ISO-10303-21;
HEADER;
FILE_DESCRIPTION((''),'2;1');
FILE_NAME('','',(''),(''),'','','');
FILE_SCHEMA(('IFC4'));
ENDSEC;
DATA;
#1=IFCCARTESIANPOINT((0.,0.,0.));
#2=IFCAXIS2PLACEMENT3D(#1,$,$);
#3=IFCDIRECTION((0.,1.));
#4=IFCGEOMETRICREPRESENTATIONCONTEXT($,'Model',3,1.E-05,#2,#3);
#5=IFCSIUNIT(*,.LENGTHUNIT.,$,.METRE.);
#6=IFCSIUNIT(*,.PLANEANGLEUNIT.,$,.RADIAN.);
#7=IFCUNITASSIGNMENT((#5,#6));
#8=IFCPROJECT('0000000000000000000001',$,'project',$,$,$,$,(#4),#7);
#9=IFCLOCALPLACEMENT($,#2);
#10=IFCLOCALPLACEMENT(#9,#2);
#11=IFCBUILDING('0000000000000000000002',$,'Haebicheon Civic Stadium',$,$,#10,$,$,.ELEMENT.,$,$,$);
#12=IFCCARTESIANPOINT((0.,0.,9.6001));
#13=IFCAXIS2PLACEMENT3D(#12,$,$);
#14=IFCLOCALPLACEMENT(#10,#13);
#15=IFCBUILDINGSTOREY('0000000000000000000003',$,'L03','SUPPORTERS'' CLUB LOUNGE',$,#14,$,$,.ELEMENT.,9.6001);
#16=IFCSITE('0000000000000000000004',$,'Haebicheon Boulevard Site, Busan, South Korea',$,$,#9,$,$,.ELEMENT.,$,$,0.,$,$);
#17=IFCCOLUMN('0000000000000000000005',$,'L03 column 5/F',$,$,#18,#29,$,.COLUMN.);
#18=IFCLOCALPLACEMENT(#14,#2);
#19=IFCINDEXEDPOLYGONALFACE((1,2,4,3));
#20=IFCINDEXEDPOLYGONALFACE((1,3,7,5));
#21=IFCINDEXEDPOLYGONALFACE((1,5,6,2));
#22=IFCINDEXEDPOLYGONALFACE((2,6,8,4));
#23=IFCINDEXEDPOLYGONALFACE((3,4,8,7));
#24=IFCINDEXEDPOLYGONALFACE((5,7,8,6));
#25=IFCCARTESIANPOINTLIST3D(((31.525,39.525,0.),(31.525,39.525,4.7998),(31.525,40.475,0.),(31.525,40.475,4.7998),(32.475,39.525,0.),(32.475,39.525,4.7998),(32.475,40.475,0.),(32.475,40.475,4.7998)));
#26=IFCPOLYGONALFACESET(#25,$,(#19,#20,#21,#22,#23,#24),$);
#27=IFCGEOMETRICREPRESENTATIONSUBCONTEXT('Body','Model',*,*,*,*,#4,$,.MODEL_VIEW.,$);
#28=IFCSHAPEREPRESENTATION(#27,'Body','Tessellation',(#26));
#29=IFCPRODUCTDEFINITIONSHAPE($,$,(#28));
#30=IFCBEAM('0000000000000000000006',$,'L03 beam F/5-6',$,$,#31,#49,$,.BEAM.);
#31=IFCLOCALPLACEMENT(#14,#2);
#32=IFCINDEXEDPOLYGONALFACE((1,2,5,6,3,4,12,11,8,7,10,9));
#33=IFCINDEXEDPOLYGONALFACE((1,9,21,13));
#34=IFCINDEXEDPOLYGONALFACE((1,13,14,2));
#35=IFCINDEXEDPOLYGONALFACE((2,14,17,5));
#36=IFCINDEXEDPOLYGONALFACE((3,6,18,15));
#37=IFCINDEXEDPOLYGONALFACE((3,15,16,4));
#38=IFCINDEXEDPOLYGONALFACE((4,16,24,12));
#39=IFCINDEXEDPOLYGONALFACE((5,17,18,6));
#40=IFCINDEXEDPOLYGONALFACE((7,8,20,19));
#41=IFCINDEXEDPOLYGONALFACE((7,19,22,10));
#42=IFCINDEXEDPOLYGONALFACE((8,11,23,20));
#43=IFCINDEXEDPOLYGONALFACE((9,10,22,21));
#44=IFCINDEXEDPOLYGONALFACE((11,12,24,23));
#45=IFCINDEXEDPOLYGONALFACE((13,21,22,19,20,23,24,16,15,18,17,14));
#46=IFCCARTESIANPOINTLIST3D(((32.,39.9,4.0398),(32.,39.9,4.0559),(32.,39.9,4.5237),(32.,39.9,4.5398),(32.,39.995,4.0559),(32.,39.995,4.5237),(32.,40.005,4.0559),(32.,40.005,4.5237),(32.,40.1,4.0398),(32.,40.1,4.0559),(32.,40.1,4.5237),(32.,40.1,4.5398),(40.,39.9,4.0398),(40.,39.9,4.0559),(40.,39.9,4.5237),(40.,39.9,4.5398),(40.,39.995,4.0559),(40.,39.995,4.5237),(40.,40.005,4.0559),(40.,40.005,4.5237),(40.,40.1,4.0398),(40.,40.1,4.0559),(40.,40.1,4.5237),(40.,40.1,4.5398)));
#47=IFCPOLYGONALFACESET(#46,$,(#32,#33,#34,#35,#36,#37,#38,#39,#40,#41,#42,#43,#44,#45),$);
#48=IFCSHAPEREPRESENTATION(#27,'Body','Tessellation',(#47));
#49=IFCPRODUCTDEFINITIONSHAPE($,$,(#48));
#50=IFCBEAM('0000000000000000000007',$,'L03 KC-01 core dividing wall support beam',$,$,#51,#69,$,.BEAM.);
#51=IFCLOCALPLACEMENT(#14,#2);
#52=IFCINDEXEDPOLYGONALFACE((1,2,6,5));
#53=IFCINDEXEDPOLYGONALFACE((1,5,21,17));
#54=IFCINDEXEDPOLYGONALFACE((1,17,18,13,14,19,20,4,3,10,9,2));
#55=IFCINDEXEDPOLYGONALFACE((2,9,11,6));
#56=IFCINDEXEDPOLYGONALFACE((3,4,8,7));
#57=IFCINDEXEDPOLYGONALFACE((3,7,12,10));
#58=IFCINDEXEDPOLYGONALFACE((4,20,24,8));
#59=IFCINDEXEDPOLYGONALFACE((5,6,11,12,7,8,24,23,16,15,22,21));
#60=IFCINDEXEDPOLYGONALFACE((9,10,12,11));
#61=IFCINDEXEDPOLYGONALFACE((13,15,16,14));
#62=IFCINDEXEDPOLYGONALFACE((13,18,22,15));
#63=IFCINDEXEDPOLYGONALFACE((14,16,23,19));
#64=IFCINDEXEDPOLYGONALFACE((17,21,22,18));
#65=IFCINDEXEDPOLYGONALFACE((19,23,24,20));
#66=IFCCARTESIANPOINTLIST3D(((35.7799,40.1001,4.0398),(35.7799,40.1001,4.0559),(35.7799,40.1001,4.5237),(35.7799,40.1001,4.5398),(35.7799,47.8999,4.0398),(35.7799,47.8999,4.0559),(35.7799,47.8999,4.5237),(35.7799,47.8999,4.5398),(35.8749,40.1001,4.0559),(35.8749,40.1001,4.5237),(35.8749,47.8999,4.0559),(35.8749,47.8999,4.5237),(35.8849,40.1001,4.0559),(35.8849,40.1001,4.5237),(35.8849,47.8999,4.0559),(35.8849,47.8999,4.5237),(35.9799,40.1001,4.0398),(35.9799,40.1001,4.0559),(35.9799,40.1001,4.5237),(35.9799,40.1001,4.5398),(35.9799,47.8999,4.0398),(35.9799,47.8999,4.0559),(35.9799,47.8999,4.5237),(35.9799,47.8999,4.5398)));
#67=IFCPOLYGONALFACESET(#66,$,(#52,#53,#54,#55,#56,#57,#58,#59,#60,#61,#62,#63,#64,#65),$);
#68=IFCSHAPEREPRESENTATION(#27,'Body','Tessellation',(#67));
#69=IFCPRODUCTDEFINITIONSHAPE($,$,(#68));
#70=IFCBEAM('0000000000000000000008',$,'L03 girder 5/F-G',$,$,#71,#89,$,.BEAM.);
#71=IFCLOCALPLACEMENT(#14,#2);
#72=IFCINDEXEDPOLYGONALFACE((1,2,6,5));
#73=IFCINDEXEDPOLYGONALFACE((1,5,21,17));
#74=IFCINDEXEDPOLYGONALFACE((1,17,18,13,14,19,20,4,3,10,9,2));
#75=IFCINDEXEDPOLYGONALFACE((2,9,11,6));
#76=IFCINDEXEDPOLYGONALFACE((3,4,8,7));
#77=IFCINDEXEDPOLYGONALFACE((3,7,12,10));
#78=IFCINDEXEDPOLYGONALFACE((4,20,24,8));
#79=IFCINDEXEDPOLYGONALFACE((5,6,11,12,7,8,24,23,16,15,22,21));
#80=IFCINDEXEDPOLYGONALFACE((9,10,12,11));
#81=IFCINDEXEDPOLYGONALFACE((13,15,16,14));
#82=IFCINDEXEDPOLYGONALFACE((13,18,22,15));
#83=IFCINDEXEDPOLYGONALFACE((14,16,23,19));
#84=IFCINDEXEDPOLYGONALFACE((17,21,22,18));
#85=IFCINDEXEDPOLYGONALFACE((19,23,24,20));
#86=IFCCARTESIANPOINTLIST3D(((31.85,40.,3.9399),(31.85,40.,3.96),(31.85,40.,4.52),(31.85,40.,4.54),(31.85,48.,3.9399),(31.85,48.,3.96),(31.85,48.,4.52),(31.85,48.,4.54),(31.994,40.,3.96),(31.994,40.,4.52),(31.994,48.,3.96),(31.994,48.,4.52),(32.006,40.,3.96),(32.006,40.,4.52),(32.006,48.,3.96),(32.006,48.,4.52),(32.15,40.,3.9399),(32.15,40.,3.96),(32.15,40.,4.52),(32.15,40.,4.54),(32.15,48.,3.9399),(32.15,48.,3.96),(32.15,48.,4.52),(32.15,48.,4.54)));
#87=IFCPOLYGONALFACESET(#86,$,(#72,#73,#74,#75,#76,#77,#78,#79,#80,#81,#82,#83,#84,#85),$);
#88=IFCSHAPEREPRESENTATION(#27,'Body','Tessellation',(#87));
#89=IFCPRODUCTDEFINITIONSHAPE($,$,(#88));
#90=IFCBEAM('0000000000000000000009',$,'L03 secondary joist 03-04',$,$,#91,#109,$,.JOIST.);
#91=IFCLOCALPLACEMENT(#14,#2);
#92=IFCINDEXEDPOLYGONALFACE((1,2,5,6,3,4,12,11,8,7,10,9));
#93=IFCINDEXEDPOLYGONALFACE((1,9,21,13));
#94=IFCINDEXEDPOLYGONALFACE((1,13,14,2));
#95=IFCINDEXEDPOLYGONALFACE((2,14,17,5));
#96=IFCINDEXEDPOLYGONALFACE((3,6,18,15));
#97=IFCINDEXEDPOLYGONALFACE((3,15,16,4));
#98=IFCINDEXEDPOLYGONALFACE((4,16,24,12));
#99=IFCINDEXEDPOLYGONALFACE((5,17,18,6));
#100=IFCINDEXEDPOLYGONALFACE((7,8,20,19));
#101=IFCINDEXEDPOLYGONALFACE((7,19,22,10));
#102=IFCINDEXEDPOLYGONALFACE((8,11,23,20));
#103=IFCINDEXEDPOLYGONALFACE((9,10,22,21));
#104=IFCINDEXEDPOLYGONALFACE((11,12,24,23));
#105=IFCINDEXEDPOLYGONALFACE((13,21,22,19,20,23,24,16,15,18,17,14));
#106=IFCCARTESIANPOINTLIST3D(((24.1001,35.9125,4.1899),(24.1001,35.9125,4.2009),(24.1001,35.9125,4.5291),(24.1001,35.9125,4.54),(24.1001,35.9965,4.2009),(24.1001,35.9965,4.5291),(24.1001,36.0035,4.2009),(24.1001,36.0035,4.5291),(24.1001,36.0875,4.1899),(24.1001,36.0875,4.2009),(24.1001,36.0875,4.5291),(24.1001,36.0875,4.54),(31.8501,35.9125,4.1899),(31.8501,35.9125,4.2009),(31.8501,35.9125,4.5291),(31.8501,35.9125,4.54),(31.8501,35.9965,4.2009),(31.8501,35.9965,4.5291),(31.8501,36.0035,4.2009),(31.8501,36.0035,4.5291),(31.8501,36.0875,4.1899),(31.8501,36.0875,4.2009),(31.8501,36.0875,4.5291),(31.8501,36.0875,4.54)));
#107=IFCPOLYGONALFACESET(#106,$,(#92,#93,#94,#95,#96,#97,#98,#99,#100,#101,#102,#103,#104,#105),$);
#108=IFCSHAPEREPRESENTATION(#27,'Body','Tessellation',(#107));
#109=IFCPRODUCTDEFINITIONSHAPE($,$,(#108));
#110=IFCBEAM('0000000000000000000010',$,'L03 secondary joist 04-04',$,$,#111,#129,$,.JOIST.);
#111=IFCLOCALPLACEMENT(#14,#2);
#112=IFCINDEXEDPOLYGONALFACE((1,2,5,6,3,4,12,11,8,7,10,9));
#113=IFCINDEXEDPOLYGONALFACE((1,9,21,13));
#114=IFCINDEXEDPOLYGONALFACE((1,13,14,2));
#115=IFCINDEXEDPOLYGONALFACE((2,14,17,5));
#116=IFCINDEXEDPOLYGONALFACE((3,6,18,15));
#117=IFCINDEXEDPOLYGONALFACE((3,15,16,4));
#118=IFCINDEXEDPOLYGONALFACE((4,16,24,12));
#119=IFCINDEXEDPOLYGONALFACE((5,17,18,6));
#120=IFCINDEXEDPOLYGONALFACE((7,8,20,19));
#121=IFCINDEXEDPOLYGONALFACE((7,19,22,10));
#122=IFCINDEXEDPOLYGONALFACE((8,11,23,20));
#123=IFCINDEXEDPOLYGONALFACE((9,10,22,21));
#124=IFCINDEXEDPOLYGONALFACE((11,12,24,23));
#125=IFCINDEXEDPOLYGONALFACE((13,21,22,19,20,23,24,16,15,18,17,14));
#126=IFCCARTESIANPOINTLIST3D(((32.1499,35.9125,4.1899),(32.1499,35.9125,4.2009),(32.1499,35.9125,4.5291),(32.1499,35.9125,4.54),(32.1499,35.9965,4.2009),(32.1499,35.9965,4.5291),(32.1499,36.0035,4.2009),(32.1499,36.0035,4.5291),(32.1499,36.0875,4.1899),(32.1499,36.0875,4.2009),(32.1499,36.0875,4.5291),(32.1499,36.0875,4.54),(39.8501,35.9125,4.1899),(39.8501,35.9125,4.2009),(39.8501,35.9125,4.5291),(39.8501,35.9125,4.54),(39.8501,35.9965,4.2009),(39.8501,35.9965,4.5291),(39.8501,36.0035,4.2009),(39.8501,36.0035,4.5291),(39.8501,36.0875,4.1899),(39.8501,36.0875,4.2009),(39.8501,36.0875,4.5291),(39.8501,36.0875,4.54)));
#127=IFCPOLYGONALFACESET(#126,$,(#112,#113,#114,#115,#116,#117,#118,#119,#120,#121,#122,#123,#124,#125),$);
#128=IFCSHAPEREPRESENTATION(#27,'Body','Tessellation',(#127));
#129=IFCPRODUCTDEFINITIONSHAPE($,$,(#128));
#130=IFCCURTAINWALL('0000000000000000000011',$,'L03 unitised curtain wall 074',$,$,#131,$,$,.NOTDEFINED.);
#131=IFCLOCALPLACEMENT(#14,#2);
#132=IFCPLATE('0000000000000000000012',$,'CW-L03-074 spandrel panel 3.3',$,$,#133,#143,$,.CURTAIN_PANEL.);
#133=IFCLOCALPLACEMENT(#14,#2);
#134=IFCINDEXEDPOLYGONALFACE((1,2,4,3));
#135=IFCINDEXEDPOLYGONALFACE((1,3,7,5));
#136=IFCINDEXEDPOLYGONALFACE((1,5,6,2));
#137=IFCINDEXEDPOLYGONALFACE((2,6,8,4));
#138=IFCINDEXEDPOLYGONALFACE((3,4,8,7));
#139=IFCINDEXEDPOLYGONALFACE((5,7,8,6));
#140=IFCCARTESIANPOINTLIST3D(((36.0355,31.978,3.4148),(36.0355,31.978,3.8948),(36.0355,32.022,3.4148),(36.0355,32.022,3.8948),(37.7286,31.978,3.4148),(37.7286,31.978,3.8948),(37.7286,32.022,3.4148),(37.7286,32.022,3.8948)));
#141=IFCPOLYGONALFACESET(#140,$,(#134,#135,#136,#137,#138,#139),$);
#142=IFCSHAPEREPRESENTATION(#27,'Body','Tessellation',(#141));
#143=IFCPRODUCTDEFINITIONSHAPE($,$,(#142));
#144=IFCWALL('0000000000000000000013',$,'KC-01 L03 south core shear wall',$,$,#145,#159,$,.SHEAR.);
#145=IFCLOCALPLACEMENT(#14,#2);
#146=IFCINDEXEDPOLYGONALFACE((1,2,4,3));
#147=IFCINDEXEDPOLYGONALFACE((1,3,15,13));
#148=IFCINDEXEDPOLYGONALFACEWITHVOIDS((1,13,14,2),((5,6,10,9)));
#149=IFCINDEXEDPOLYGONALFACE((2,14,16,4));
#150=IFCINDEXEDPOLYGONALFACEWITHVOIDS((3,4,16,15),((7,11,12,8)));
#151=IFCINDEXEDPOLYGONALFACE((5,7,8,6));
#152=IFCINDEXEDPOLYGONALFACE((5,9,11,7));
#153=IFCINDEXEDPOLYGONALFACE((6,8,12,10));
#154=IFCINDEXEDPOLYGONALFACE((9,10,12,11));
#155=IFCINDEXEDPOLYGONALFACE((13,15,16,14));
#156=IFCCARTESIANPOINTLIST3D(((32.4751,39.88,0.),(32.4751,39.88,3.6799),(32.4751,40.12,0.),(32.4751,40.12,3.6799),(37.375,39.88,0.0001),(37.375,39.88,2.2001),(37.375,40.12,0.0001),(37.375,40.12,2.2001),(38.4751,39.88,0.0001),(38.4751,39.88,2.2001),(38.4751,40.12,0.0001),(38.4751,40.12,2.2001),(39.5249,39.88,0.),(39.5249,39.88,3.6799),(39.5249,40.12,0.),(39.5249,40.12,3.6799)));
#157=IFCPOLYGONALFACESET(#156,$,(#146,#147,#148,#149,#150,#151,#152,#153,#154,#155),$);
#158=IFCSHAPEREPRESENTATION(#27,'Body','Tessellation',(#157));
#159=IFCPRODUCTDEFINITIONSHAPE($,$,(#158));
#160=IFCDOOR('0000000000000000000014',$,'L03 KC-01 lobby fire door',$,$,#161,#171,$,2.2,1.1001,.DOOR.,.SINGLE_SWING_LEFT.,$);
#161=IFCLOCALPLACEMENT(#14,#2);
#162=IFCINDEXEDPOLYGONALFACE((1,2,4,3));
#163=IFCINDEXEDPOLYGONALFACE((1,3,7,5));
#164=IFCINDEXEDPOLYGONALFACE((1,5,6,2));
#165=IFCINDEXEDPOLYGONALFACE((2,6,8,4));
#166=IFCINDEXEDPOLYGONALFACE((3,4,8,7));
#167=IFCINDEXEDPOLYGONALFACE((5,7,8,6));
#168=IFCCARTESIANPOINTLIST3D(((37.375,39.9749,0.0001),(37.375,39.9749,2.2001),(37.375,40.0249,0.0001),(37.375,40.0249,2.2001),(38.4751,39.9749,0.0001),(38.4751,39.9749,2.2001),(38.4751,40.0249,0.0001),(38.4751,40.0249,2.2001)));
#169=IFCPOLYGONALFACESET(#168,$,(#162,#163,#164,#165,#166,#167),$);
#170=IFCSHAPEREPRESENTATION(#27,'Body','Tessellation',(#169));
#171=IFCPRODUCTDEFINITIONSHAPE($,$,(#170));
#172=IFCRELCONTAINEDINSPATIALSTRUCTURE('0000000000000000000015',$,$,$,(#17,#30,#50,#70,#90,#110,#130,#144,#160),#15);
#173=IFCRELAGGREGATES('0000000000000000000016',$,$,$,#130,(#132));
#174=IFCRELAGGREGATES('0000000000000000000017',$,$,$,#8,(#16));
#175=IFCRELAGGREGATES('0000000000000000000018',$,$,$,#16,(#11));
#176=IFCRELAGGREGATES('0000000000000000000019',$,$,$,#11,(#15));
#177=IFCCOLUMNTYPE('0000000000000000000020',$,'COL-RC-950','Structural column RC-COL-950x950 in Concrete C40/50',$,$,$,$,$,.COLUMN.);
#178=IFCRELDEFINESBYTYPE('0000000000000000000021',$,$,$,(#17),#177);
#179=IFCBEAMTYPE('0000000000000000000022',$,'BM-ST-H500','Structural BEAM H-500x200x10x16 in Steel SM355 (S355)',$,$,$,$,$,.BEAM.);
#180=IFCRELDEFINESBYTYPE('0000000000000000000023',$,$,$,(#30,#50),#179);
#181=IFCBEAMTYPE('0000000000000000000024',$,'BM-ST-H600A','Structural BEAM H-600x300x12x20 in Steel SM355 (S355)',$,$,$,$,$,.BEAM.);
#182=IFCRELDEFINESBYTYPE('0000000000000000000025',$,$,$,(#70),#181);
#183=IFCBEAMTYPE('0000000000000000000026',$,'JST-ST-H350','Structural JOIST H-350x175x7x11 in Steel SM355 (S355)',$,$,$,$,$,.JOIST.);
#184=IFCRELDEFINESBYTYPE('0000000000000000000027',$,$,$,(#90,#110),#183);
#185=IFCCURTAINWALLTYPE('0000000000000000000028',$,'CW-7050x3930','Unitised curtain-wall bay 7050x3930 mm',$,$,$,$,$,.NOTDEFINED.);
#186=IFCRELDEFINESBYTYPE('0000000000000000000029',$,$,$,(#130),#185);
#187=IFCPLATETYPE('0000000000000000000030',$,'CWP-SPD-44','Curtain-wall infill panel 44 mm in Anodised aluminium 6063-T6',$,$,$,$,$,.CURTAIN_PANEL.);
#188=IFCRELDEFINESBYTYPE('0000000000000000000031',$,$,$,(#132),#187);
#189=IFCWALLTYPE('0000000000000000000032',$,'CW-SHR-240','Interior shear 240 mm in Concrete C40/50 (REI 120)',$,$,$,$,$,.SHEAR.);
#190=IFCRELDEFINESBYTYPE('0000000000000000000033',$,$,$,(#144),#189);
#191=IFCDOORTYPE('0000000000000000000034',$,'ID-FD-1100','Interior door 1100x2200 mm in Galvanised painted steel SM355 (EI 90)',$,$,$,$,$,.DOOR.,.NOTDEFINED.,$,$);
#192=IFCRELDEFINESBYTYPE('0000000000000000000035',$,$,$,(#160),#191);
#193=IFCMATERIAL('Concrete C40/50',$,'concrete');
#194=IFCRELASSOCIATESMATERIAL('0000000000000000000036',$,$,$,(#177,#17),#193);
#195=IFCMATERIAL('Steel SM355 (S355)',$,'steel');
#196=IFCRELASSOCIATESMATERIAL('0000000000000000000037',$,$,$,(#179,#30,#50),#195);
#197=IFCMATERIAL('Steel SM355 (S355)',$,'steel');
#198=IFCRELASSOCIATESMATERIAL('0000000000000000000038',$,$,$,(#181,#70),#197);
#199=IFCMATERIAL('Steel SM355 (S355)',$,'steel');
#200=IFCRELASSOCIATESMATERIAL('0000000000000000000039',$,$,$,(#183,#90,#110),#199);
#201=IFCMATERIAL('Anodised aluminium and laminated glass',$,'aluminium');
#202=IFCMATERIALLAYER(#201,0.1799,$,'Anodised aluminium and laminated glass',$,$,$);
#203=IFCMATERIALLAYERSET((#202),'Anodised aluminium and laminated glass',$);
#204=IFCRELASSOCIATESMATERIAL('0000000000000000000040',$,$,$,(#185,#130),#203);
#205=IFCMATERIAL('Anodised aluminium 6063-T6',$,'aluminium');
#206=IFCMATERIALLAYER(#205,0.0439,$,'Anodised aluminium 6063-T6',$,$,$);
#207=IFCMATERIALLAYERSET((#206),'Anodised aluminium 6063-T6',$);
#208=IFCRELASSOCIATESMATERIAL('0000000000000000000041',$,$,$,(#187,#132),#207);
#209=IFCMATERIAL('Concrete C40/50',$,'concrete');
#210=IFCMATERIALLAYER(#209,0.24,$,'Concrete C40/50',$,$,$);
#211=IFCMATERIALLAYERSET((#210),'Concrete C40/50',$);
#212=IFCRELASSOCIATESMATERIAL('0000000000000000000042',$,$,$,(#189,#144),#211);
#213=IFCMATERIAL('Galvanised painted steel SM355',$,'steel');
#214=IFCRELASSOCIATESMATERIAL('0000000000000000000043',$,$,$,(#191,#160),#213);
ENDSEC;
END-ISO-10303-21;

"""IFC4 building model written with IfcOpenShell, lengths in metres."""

from ifc_helpers import new_model, si_unit, direction, frame, frame_2d, origin, origin_2d, place, context, subcontext, project, spatial, rectangle, i_section, extrude, material, layer, layer_set, material_profile, profile_set, type_object, element, fill, aggregate, save


model = new_model("IFC4")

# Units and contexts
model_context = context("Model", 3, precision=1e-05, world=origin(), true_north=direction((0.0, 1.0)))
body_context = subcontext(model_context, "Body", "Model", "MODEL_VIEW")
ifc_project = project(units=[si_unit("LENGTHUNIT", "METRE"), si_unit("PLANEANGLEUNIT", "RADIAN")], contexts=[model_context])

# Site, building, storey
site_placement = place(None, origin())
site = spatial("IfcSite", under=ifc_project, at=site_placement, Name="Haebicheon Boulevard Site, Busan, South Korea", CompositionType="ELEMENT", RefElevation=0.0)
building_placement = place(site_placement, origin())
building = spatial("IfcBuilding", under=site, at=building_placement, Name="Haebicheon Civic Stadium", CompositionType="ELEMENT")
storey_placement = place(building_placement, frame((0.0, 0.0, 9.6001)))
storey = spatial("IfcBuildingStorey", under=building, at=storey_placement, Name="L03", Description="SUPPORTERS' CLUB LOUNGE", CompositionType="ELEMENT", Elevation=9.6001)

# Column
ifc_material_1 = material(Name="Concrete C40/50", Category="concrete")
ifc_material_profile_1 = material_profile(ifc_material_1, rectangle(XDim=0.95, YDim=0.95, at=origin_2d()), Name="RC-COL-950x950")
ifc_profile_set_1 = profile_set([ifc_material_profile_1], Name="Concrete C40/50")
column_type = type_object("IfcColumnType", Name="COL-RC-950", Description="Structural column RC-COL-950x950 in Concrete C40/50", PredefinedType="COLUMN", material=ifc_profile_set_1)
column_placement = place(storey_placement, frame((32.0, 40.0, 0.0), z_axis=(0.0, 0.0, 1.0), x_axis=(1.0, 0.0, 0.0)))
element("IfcColumn", 1, at=column_placement, inside=storey, type_object=column_type, material=ifc_profile_set_1, Name="L03 column 5/F", PredefinedType="COLUMN", context=body_context, shape_type="SweptSolid", body=[
    extrude(rectangle(XDim=0.95, YDim=0.95, at=origin_2d()), origin(), (0.0, 0.0, 1.0), 4.7998),
])

# Beams
ifc_material_2 = material(Name="Steel SM355 (S355)", Category="steel")
ifc_material_profile_2 = material_profile(ifc_material_2, i_section(OverallWidth=0.2, OverallDepth=0.5, WebThickness=0.01, FlangeThickness=0.0161, at=origin_2d()), Name="H-500x200x10x16")
ifc_profile_set_2 = profile_set([ifc_material_profile_2], Name="Steel SM355 (S355)")
beam_type_1 = type_object("IfcBeamType", Name="BM-ST-H500", Description="Structural BEAM H-500x200x10x16 in Steel SM355 (S355)", PredefinedType="BEAM", material=ifc_profile_set_2)
beam_1_placement = place(storey_placement, frame((32.0, 40.0, 4.2898), z_axis=(1.0, 0.0, 0.0), x_axis=(0.0, 1.0, 0.0)))
element("IfcBeam", 2, at=beam_1_placement, inside=storey, type_object=beam_type_1, material=ifc_profile_set_2, Name="L03 beam F/5-6", PredefinedType="BEAM", context=body_context, shape_type="SweptSolid", body=[
    extrude(i_section(OverallWidth=0.2, OverallDepth=0.5, WebThickness=0.01, FlangeThickness=0.0161, at=origin_2d()), origin(), (0.0, 0.0, 1.0), 8.0),
])
beam_2_placement = place(storey_placement, frame((35.8799, 40.1001, 4.2898), z_axis=(0.0, 1.0, 0.0), x_axis=(-1.0, 0.0, 0.0)))
element("IfcBeam", 3, at=beam_2_placement, inside=storey, type_object=beam_type_1, material=ifc_profile_set_2, Name="L03 KC-01 core dividing wall support beam", PredefinedType="BEAM", context=body_context, shape_type="SweptSolid", body=[
    extrude(i_section(OverallWidth=0.2, OverallDepth=0.5, WebThickness=0.01, FlangeThickness=0.0161, at=origin_2d()), origin(), (0.0, 0.0, 1.0), 7.7998),
])
ifc_material_3 = material(Name="Steel SM355 (S355)", Category="steel")
ifc_material_profile_3 = material_profile(ifc_material_3, i_section(OverallWidth=0.3, OverallDepth=0.6001, WebThickness=0.012, FlangeThickness=0.02, at=origin_2d()), Name="H-600x300x12x20")
ifc_profile_set_3 = profile_set([ifc_material_profile_3], Name="Steel SM355 (S355)")
beam_type_2 = type_object("IfcBeamType", Name="BM-ST-H600A", Description="Structural BEAM H-600x300x12x20 in Steel SM355 (S355)", PredefinedType="BEAM", material=ifc_profile_set_3)
beam_3_placement = place(storey_placement, frame((32.0, 40.0, 4.24), z_axis=(0.0, 1.0, 0.0), x_axis=(-1.0, 0.0, 0.0)))
element("IfcBeam", 4, at=beam_3_placement, inside=storey, type_object=beam_type_2, material=ifc_profile_set_3, Name="L03 girder 5/F-G", PredefinedType="BEAM", context=body_context, shape_type="SweptSolid", body=[
    extrude(i_section(OverallWidth=0.3, OverallDepth=0.6001, WebThickness=0.012, FlangeThickness=0.02, at=origin_2d()), origin(), (0.0, 0.0, 1.0), 8.0),
])
ifc_material_4 = material(Name="Steel SM355 (S355)", Category="steel")
ifc_material_profile_4 = material_profile(ifc_material_4, i_section(OverallWidth=0.175, OverallDepth=0.3501, WebThickness=0.0071, FlangeThickness=0.011, at=origin_2d()), Name="H-350x175x7x11")
ifc_profile_set_4 = profile_set([ifc_material_profile_4], Name="Steel SM355 (S355)")
beam_type_3 = type_object("IfcBeamType", Name="JST-ST-H350", Description="Structural JOIST H-350x175x7x11 in Steel SM355 (S355)", PredefinedType="JOIST", material=ifc_profile_set_4)
beam_4_placement = place(storey_placement, frame((24.1001, 36.0, 4.365), z_axis=(1.0, 0.0, 0.0), x_axis=(0.0, 1.0, 0.0)))
element("IfcBeam", 5, at=beam_4_placement, inside=storey, type_object=beam_type_3, material=ifc_profile_set_4, Name="L03 secondary joist 03-04", PredefinedType="JOIST", context=body_context, shape_type="SweptSolid", body=[
    extrude(i_section(OverallWidth=0.175, OverallDepth=0.3501, WebThickness=0.0071, FlangeThickness=0.011, at=origin_2d()), origin(), (0.0, 0.0, 1.0), 7.75),
])
beam_5_placement = place(storey_placement, frame((32.1499, 36.0, 4.365), z_axis=(1.0, 0.0, 0.0), x_axis=(0.0, 1.0, 0.0)))
element("IfcBeam", 6, at=beam_5_placement, inside=storey, type_object=beam_type_3, material=ifc_profile_set_4, Name="L03 secondary joist 04-04", PredefinedType="JOIST", context=body_context, shape_type="SweptSolid", body=[
    extrude(i_section(OverallWidth=0.175, OverallDepth=0.3501, WebThickness=0.0071, FlangeThickness=0.011, at=origin_2d()), origin(), (0.0, 0.0, 1.0), 7.7002),
])

# Curtain wall, plate
ifc_material_5 = material(Name="Anodised aluminium and laminated glass", Category="aluminium")
ifc_layer_1 = layer(ifc_material_5, 0.1799, Name="Anodised aluminium and laminated glass")
ifc_layer_set_1 = layer_set([ifc_layer_1], Name="Anodised aluminium and laminated glass")
curtain_wall_type = type_object("IfcCurtainWallType", Name="CW-7050x3930", Description="Unitised curtain-wall bay 7050x3930 mm", PredefinedType="NOTDEFINED", material=ifc_layer_set_1)
curtain_wall_placement = place(storey_placement, origin())
curtain_wall = element("IfcCurtainWall", 7, at=curtain_wall_placement, inside=storey, type_object=curtain_wall_type, material=ifc_layer_set_1, Name="L03 unitised curtain wall 074", PredefinedType="NOTDEFINED")
ifc_material_6 = material(Name="Anodised aluminium 6063-T6", Category="aluminium")
ifc_layer_2 = layer(ifc_material_6, 0.0439, Name="Anodised aluminium 6063-T6")
ifc_layer_set_2 = layer_set([ifc_layer_2], Name="Anodised aluminium 6063-T6")
plate_type = type_object("IfcPlateType", Name="CWP-SPD-44", Description="Curtain-wall infill panel 44 mm in Anodised aluminium 6063-T6", PredefinedType="CURTAIN_PANEL", material=ifc_layer_set_2)
plate_placement = place(storey_placement, frame((36.8821, 32.0, 3.4148), z_axis=(0.0, 0.0, 1.0), x_axis=(1.0, 0.0, 0.0)))
plate = element("IfcPlate", 8, at=plate_placement, type_object=plate_type, material=ifc_layer_set_2, Name="CW-L03-074 spandrel panel 3.3", PredefinedType="CURTAIN_PANEL", context=body_context, shape_type="SweptSolid", body=[
    extrude(rectangle(XDim=1.6931, YDim=0.0439, at=origin_2d()), origin(), (0.0, 0.0, 1.0), 0.48),
])
aggregate(curtain_wall, [plate])

# Wall, opening, door
ifc_material_7 = material(Name="Concrete C40/50", Category="concrete")
ifc_layer_3 = layer(ifc_material_7, 0.24, Name="Concrete C40/50")
ifc_layer_set_3 = layer_set([ifc_layer_3], Name="Concrete C40/50")
wall_type_1 = type_object("IfcWallType", Name="CW-SHR-240", Description="Interior shear 240 mm in Concrete C40/50 (REI 120)", PredefinedType="SHEAR", material=ifc_layer_set_3)
wall_1_placement = place(storey_placement, frame((32.4751, 40.0, 0.0), z_axis=(0.0, 0.0, 1.0), x_axis=(1.0, 0.0, 0.0)))
wall_1 = element("IfcWall", 9, at=wall_1_placement, inside=storey, type_object=wall_type_1, material=ifc_layer_set_3, Name="KC-01 L03 south core shear wall", PredefinedType="SHEAR", context=body_context, shape_type="SweptSolid", body=[
    extrude(rectangle(XDim=7.0498, YDim=0.24, at=frame_2d((3.5249, 0.0))), origin(), (0.0, 0.0, 1.0), 3.6799),
])
opening_1_placement = place(wall_1_placement, frame((4.8999, 0.0, 0.0)))
opening_1 = element("IfcOpeningElement", 10, at=opening_1_placement, cuts=wall_1, PredefinedType="OPENING", context=body_context, shape_type="SweptSolid", body=[
    extrude(rectangle(XDim=1.1001, YDim=2.2, at=frame_2d((0.55, 1.1001))), frame((0.0, 0.1299, 0.0), z_axis=(0.0, -1.0, 0.0), x_axis=(1.0, 0.0, 0.0)), (0.0, 0.0, 1.0), 0.26),
])
ifc_material_8 = material(Name="Galvanised painted steel SM355", Category="steel")
door_type_1 = type_object("IfcDoorType", Name="ID-FD-1100", Description="Interior door 1100x2200 mm in Galvanised painted steel SM355 (EI 90)", OperationType="NOTDEFINED", PredefinedType="DOOR", material=ifc_material_8)
door_1_placement = place(opening_1_placement, origin())
door_1 = element("IfcDoor", 11, at=door_1_placement, inside=storey, type_object=door_type_1, material=ifc_material_8, Name="L03 KC-01 lobby fire door", OperationType="SINGLE_SWING_LEFT", OverallHeight=2.2, OverallWidth=1.1001, PredefinedType="DOOR", context=body_context, shape_type="SweptSolid", body=[
    extrude(rectangle(XDim=1.1001, YDim=2.2, at=frame_2d((0.55, 1.1001))), frame((0.0, 0.0249, 0.0), z_axis=(0.0, -1.0, 0.0), x_axis=(1.0, 0.0, 0.0)), (0.0, 0.0, 1.0), 0.05),
])
fill(opening_1, door_1)

save(model, "model.ifc")
